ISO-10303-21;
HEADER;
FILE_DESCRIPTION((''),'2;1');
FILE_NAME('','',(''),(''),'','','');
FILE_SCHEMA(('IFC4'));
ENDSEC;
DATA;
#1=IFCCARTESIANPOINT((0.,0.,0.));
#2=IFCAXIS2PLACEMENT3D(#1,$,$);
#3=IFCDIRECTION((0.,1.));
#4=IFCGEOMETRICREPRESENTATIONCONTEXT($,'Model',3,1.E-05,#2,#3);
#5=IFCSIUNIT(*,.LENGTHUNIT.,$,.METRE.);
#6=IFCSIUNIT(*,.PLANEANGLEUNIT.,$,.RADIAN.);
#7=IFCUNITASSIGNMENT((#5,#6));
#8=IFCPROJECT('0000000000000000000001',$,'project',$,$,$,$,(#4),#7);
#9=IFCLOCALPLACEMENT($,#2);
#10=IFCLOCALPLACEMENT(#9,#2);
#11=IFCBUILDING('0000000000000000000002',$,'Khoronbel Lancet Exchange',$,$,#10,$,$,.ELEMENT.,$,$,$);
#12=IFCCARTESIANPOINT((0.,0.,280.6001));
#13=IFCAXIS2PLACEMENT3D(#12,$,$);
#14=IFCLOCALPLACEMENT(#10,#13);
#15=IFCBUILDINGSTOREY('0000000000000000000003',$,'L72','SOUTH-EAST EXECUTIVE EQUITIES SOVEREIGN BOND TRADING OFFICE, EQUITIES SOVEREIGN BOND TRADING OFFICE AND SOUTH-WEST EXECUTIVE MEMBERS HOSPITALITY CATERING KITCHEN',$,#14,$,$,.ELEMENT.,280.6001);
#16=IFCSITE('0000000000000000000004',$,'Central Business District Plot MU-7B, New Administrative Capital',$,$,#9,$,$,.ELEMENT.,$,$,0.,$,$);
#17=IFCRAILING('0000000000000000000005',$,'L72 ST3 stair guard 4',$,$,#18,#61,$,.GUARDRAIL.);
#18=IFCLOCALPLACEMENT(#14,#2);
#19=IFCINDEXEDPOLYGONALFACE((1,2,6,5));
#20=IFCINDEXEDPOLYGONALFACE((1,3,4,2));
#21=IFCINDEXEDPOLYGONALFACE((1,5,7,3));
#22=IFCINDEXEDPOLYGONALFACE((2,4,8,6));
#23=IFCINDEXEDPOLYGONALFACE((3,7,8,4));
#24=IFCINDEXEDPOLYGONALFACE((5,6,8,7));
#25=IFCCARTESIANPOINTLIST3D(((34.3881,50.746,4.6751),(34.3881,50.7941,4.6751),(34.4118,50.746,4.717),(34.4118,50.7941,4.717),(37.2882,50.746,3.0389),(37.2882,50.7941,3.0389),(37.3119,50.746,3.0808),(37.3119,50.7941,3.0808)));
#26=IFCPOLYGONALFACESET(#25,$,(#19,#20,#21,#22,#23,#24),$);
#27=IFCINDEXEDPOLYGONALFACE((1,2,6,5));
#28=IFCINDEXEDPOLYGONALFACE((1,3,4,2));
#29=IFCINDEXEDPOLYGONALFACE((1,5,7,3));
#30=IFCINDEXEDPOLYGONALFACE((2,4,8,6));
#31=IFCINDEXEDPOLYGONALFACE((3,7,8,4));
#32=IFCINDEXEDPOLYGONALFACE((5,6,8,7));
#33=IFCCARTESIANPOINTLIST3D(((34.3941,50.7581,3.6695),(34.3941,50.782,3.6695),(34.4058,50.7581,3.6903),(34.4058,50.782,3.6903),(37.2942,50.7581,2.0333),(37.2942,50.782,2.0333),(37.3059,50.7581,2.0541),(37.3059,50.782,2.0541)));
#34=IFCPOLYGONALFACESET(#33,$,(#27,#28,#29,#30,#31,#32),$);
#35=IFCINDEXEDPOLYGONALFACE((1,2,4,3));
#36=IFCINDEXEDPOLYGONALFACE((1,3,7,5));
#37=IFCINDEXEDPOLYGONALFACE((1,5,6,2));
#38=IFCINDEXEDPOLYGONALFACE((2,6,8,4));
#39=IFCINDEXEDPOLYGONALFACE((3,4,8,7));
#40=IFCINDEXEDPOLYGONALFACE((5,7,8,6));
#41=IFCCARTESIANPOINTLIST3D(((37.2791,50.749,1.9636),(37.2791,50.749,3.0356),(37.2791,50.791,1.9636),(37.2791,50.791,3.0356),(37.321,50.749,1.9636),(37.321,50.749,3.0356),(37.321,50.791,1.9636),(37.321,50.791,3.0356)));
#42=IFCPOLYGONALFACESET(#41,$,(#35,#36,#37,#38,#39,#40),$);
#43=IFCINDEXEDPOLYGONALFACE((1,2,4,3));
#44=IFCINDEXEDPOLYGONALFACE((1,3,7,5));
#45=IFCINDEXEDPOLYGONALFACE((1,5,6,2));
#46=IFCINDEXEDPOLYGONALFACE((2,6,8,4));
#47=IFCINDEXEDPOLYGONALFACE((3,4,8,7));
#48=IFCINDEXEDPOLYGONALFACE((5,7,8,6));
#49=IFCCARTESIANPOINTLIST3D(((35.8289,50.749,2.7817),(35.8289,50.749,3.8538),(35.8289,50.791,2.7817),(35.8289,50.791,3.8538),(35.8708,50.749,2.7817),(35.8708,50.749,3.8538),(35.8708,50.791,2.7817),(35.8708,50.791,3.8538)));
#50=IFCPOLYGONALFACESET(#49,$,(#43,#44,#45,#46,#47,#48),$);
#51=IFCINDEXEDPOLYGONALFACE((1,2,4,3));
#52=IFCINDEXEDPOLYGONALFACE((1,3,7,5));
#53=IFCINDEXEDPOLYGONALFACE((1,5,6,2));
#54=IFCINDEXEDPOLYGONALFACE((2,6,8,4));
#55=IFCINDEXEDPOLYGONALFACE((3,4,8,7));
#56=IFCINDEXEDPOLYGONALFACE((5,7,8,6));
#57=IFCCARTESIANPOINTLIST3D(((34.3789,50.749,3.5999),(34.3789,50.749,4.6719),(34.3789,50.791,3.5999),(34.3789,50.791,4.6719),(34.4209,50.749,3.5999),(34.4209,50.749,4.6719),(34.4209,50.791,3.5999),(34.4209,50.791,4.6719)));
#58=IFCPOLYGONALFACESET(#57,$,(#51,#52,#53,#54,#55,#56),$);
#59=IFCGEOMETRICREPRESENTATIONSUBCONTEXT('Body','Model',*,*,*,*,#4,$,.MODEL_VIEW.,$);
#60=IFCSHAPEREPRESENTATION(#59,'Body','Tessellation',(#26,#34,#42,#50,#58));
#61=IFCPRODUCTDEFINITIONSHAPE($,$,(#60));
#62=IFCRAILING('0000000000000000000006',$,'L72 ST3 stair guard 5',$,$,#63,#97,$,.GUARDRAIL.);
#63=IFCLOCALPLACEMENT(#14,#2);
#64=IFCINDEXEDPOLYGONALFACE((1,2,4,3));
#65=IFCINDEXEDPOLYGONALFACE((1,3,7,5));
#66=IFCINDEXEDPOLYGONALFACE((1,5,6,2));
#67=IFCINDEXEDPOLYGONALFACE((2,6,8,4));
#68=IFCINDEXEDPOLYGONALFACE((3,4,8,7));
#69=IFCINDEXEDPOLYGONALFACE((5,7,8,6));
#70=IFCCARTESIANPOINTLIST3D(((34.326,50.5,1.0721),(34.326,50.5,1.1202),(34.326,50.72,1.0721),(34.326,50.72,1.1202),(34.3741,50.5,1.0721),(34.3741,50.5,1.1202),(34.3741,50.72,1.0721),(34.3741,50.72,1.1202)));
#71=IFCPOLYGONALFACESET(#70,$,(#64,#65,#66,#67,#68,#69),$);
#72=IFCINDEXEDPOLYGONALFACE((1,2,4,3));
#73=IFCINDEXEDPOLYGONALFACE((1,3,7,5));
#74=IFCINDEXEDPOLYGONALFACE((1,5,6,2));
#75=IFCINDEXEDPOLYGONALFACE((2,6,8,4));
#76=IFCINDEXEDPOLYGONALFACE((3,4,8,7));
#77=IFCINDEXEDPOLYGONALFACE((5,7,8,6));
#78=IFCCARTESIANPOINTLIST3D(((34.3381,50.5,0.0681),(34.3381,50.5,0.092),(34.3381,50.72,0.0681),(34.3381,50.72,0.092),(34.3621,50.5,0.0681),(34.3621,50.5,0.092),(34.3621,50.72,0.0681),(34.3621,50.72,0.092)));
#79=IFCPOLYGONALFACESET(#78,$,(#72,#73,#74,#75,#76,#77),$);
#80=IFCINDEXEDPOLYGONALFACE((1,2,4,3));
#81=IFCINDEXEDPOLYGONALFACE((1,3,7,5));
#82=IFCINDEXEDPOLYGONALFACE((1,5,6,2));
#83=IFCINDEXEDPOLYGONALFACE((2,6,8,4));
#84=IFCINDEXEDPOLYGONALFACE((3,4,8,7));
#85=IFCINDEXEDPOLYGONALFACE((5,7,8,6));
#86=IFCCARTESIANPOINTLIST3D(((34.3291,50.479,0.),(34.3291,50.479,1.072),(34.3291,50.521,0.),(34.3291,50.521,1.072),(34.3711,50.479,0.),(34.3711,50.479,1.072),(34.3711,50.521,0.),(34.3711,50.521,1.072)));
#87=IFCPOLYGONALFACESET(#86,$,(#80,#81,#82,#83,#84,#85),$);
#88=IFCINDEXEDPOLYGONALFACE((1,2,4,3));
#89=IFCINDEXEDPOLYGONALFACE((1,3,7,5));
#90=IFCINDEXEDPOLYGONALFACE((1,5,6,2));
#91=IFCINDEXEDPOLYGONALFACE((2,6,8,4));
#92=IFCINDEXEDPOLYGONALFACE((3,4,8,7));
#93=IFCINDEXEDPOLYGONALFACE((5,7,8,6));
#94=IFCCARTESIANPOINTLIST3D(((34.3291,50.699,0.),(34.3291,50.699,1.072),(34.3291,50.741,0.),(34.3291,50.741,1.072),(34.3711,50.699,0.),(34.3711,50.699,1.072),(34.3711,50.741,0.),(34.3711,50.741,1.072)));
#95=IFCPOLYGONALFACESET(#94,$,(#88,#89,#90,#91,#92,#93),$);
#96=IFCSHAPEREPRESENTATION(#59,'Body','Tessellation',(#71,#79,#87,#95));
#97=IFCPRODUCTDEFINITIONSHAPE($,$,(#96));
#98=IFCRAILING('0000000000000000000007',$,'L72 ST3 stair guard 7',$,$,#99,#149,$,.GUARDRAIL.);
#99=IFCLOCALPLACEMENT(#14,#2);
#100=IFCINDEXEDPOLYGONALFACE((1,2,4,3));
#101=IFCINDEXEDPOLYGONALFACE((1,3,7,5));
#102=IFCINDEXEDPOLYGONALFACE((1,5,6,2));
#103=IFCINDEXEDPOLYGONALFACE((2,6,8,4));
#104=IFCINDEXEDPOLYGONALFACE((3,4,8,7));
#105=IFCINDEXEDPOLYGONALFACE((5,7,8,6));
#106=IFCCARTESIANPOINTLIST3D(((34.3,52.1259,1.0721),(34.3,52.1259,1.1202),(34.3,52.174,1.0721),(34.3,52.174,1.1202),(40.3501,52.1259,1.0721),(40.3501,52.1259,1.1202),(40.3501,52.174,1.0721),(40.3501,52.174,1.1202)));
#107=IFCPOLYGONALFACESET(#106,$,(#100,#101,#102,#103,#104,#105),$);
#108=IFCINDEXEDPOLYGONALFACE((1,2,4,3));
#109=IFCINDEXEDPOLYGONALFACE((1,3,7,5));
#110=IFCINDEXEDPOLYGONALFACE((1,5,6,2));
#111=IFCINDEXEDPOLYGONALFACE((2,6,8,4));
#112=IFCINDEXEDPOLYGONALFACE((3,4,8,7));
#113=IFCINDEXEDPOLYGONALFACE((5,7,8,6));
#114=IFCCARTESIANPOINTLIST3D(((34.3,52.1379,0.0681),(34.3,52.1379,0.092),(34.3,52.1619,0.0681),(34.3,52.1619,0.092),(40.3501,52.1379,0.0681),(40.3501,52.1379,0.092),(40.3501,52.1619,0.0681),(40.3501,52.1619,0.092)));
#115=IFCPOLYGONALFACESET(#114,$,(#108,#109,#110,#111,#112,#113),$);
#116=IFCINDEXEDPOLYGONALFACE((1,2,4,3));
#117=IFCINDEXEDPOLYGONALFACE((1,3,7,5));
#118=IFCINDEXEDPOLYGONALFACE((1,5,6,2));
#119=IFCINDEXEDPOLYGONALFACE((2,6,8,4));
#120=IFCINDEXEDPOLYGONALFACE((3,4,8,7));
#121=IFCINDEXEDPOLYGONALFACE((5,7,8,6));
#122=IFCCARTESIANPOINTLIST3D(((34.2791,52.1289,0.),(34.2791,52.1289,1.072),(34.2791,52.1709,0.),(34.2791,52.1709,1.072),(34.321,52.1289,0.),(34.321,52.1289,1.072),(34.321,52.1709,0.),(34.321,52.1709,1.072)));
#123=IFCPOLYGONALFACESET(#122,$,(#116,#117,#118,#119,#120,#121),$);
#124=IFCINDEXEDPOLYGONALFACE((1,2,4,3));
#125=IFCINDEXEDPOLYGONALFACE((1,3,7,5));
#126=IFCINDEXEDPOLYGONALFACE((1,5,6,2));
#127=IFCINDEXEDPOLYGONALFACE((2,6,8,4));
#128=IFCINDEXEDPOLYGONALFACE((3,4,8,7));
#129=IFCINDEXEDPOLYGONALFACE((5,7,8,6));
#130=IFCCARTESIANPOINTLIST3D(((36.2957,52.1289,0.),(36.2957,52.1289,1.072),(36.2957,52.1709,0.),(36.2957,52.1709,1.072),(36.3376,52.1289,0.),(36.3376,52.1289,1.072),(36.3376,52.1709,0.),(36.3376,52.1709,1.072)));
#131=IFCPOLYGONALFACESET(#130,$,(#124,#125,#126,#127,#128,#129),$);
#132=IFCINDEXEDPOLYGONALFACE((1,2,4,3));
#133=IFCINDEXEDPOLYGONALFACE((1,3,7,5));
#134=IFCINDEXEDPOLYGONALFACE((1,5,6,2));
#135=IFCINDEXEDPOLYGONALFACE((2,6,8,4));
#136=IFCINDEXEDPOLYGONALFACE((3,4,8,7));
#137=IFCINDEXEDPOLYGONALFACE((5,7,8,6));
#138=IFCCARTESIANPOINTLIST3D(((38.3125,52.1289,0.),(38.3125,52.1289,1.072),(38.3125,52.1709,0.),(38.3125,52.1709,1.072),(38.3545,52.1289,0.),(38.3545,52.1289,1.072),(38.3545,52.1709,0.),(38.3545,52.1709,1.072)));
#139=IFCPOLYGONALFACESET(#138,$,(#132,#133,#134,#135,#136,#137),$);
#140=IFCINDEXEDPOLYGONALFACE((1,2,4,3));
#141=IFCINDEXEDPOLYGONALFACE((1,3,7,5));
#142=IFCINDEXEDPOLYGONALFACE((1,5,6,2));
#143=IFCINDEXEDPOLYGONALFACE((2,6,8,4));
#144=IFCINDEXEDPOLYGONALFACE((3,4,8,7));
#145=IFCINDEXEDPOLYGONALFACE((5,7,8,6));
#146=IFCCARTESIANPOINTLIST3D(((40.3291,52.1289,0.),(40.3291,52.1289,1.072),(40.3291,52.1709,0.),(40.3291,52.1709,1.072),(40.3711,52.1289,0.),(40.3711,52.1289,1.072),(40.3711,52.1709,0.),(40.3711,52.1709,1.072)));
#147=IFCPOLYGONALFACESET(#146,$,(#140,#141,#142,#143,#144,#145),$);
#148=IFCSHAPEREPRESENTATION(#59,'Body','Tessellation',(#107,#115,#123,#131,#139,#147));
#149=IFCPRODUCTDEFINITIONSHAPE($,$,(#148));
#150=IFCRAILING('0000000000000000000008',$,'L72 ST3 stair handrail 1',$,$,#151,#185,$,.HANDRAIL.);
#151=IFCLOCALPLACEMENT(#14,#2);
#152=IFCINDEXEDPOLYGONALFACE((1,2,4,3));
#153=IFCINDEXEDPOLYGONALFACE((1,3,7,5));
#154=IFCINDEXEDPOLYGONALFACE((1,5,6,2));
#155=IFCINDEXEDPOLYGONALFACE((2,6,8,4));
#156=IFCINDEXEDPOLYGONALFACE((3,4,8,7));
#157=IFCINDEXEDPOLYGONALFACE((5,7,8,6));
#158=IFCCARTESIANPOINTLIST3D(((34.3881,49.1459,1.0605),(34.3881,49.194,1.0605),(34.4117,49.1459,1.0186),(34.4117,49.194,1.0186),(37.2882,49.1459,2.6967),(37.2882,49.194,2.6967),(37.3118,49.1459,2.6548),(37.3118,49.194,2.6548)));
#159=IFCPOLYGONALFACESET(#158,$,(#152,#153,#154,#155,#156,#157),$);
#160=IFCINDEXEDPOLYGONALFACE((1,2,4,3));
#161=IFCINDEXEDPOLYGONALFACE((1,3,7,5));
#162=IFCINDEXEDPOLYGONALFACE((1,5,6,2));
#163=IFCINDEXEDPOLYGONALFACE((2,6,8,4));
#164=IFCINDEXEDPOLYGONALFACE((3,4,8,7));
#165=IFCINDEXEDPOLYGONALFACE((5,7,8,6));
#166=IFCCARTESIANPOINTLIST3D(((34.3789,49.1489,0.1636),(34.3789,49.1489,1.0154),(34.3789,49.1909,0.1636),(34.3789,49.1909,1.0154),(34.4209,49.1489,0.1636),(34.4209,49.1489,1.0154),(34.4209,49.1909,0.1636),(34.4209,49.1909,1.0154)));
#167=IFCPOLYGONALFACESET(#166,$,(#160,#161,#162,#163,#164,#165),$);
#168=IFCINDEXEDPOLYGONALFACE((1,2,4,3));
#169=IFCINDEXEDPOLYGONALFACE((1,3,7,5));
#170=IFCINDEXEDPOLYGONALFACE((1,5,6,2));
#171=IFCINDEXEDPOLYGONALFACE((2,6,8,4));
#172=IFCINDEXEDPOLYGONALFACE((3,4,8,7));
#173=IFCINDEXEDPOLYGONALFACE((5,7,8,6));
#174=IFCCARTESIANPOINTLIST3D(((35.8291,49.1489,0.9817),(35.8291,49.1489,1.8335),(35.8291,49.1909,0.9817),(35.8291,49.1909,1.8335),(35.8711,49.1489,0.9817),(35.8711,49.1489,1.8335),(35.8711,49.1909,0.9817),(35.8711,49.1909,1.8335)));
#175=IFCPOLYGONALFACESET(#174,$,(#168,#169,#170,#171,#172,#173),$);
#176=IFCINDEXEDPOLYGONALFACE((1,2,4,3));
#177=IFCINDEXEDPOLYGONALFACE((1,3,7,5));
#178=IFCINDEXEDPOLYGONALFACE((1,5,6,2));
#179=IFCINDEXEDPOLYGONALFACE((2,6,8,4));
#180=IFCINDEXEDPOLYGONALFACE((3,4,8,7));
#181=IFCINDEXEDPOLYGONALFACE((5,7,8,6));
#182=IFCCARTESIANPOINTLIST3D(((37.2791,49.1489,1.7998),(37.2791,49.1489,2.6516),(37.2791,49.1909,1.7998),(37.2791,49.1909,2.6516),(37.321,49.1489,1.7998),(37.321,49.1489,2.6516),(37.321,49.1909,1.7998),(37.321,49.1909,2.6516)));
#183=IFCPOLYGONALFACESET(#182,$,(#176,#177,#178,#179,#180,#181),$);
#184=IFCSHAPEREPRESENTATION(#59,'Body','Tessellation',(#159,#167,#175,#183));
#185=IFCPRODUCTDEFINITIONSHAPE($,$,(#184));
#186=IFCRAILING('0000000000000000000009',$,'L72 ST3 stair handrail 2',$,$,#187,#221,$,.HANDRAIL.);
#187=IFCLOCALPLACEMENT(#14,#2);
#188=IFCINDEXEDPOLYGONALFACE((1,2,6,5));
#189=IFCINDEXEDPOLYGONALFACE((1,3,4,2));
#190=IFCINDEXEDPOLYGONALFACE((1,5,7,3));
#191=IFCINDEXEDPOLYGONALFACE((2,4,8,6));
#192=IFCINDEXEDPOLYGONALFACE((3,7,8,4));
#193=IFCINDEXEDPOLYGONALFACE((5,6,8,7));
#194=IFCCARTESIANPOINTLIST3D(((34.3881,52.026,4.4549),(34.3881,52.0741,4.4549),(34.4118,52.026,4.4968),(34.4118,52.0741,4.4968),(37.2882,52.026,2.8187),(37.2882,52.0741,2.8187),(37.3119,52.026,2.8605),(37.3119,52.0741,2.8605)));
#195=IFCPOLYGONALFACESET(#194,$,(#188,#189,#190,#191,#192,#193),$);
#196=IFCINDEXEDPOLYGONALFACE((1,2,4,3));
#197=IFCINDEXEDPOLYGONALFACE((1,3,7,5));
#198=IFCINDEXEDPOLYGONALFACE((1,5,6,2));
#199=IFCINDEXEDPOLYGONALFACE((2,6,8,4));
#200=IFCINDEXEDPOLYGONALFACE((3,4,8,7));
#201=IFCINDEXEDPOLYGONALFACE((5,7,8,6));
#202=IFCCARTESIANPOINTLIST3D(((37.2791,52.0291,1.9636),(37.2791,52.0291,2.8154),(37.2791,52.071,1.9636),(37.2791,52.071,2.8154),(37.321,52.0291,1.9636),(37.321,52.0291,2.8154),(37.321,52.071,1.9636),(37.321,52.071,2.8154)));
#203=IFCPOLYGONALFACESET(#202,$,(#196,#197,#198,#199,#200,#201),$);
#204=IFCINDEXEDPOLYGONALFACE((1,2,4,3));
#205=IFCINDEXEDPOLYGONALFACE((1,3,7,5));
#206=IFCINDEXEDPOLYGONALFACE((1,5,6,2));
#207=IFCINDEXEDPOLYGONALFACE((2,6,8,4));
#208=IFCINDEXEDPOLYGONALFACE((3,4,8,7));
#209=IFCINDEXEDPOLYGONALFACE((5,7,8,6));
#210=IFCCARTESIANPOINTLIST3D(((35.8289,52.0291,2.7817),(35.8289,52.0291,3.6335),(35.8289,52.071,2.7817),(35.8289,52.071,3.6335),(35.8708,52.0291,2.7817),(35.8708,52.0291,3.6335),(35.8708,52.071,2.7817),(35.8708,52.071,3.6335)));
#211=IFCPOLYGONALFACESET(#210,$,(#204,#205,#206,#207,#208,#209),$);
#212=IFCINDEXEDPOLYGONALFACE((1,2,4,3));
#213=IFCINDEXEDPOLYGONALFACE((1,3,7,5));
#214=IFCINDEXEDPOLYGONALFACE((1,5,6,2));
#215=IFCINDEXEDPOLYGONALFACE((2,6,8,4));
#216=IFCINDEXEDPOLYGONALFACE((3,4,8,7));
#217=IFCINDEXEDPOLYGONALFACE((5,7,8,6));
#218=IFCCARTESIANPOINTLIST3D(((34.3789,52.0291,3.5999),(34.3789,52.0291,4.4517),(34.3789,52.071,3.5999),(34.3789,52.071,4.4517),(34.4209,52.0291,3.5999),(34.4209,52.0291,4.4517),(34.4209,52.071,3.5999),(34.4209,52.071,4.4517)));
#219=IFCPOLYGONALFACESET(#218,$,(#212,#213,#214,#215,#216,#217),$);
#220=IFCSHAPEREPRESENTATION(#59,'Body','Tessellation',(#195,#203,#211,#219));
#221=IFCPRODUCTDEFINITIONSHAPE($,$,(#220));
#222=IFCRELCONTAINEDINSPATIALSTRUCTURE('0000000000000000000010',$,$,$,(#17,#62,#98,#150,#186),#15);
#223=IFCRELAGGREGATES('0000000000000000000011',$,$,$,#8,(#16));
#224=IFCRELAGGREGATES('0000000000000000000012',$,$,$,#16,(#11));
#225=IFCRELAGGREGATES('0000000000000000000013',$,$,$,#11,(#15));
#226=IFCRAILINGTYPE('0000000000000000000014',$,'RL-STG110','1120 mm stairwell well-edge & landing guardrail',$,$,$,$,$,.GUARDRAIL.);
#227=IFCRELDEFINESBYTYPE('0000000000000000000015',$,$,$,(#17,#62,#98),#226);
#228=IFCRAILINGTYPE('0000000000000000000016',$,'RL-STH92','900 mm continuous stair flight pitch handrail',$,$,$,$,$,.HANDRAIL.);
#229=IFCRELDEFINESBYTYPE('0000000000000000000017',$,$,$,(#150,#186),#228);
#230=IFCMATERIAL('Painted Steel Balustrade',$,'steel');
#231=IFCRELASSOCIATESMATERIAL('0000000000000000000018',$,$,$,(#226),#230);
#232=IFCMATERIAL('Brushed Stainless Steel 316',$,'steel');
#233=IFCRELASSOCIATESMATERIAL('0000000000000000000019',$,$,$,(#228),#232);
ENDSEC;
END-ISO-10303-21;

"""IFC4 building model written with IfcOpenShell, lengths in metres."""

from ifc_helpers import new_model, si_unit, direction, frame, origin, origin_2d, place, context, subcontext, project, spatial, rectangle, extrude, material, type_object, element, save


model = new_model("IFC4")

# Units and contexts
model_context = context("Model", 3, precision=1e-05, world=origin(), true_north=direction((0.0, 1.0)))
body_context = subcontext(model_context, "Body", "Model", "MODEL_VIEW")
ifc_project = project(units=[si_unit("LENGTHUNIT", "METRE"), si_unit("PLANEANGLEUNIT", "RADIAN")], contexts=[model_context])

# Site, building, storey
site_placement = place(None, origin())
site = spatial("IfcSite", under=ifc_project, at=site_placement, Name="Central Business District Plot MU-7B, New Administrative Capital", CompositionType="ELEMENT", RefElevation=0.0)
building_placement = place(site_placement, origin())
building = spatial("IfcBuilding", under=site, at=building_placement, Name="Khoronbel Lancet Exchange", CompositionType="ELEMENT")
storey_placement = place(building_placement, frame((0.0, 0.0, 280.6001)))
storey = spatial("IfcBuildingStorey", under=building, at=storey_placement, Name="L72", Description="SOUTH-EAST EXECUTIVE EQUITIES SOVEREIGN BOND TRADING OFFICE, EQUITIES SOVEREIGN BOND TRADING OFFICE AND SOUTH-WEST EXECUTIVE MEMBERS HOSPITALITY CATERING KITCHEN", CompositionType="ELEMENT", Elevation=280.6001)

# Railings
ifc_material_1 = material(Name="Painted Steel Balustrade", Category="steel")
railing_type_1 = type_object("IfcRailingType", Name="RL-STG110", Description="1120 mm stairwell well-edge & landing guardrail", PredefinedType="GUARDRAIL", material=ifc_material_1)
railing_1_placement = place(storey_placement, frame((37.3, 50.77, 1.9636)))
element("IfcRailing", 1, at=railing_1_placement, inside=storey, type_object=railing_type_1, Name="L72 ST3 stair guard 4", PredefinedType="GUARDRAIL", context=body_context, shape_type="SweptSolid", body=[
    extrude(rectangle(XDim=0.0481, YDim=0.0481, at=origin_2d()), frame((0.0, 0.0, 1.0962), z_axis=(-0.870946, 0.0, 0.491378), x_axis=(0.0, -1.0, 0.0)), (0.0, 0.0, 1.0), 3.3298),
    extrude(rectangle(XDim=0.0239, YDim=0.0239, at=origin_2d()), frame((0.0, 0.0, 0.0801), z_axis=(-0.870946, 0.0, 0.491378), x_axis=(0.0, -1.0, 0.0)), (0.0, 0.0, 1.0), 3.3298),
    extrude(rectangle(XDim=0.042, YDim=0.042, at=origin_2d()), origin(), (0.0, 0.0, 1.0), 1.072),
    extrude(rectangle(XDim=0.042, YDim=0.042, at=origin_2d()), frame((-1.4502, 0.0, 0.8181)), (0.0, 0.0, 1.0), 1.072),
    extrude(rectangle(XDim=0.042, YDim=0.042, at=origin_2d()), frame((-2.9001, 0.0, 1.6362)), (0.0, 0.0, 1.0), 1.072),
])
railing_2_placement = place(storey_placement, frame((34.3501, 50.5, 0.0)))
element("IfcRailing", 2, at=railing_2_placement, inside=storey, type_object=railing_type_1, Name="L72 ST3 stair guard 5", PredefinedType="GUARDRAIL", context=body_context, shape_type="SweptSolid", body=[
    extrude(rectangle(XDim=0.0481, YDim=0.0481, at=origin_2d()), frame((0.0, 0.0, 1.0962), z_axis=(0.0, 1.0, 0.0), x_axis=(-1.0, 0.0, 0.0)), (0.0, 0.0, 1.0), 0.22),
    extrude(rectangle(XDim=0.0239, YDim=0.0239, at=origin_2d()), frame((0.0, 0.0, 0.0801), z_axis=(0.0, 1.0, 0.0), x_axis=(-1.0, 0.0, 0.0)), (0.0, 0.0, 1.0), 0.22),
    extrude(rectangle(XDim=0.042, YDim=0.042, at=origin_2d()), origin(), (0.0, 0.0, 1.0), 1.072),
    extrude(rectangle(XDim=0.042, YDim=0.042, at=origin_2d()), frame((0.0, 0.22, 0.0)), (0.0, 0.0, 1.0), 1.072),
])
railing_3_placement = place(storey_placement, frame((34.3, 52.1499, 0.0)))
element("IfcRailing", 3, at=railing_3_placement, inside=storey, type_object=railing_type_1, Name="L72 ST3 stair guard 7", PredefinedType="GUARDRAIL", context=body_context, shape_type="SweptSolid", body=[
    extrude(rectangle(XDim=0.0481, YDim=0.0481, at=origin_2d()), frame((0.0, 0.0, 1.0962), z_axis=(1.0, 0.0, 0.0), x_axis=(0.0, 1.0, 0.0)), (0.0, 0.0, 1.0), 6.05),
    extrude(rectangle(XDim=0.0239, YDim=0.0239, at=origin_2d()), frame((0.0, 0.0, 0.0801), z_axis=(1.0, 0.0, 0.0), x_axis=(0.0, 1.0, 0.0)), (0.0, 0.0, 1.0), 6.05),
    extrude(rectangle(XDim=0.042, YDim=0.042, at=origin_2d()), origin(), (0.0, 0.0, 1.0), 1.072),
    extrude(rectangle(XDim=0.042, YDim=0.042, at=origin_2d()), frame((2.0166, 0.0, 0.0)), (0.0, 0.0, 1.0), 1.072),
    extrude(rectangle(XDim=0.042, YDim=0.042, at=origin_2d()), frame((4.0334, 0.0, 0.0)), (0.0, 0.0, 1.0), 1.072),
    extrude(rectangle(XDim=0.042, YDim=0.042, at=origin_2d()), frame((6.05, 0.0, 0.0)), (0.0, 0.0, 1.0), 1.072),
])
ifc_material_2 = material(Name="Brushed Stainless Steel 316", Category="steel")
railing_type_2 = type_object("IfcRailingType", Name="RL-STH92", Description="900 mm continuous stair flight pitch handrail", PredefinedType="HANDRAIL", material=ifc_material_2)
railing_4_placement = place(storey_placement, frame((34.3999, 49.1699, 0.1636)))
element("IfcRailing", 4, at=railing_4_placement, inside=storey, type_object=railing_type_2, Name="L72 ST3 stair handrail 1", PredefinedType="HANDRAIL", context=body_context, shape_type="SweptSolid", body=[
    extrude(rectangle(XDim=0.0481, YDim=0.0481, at=origin_2d()), frame((0.0, 0.0, 0.876), z_axis=(0.870946, 0.0, 0.491378), x_axis=(0.0, 1.0, 0.0)), (0.0, 0.0, 1.0), 3.3298),
    extrude(rectangle(XDim=0.042, YDim=0.042, at=origin_2d()), origin(), (0.0, 0.0, 1.0), 0.8518),
    extrude(rectangle(XDim=0.042, YDim=0.042, at=origin_2d()), frame((1.4502, 0.0, 0.8181)), (0.0, 0.0, 1.0), 0.8518),
    extrude(rectangle(XDim=0.042, YDim=0.042, at=origin_2d()), frame((2.9001, 0.0, 1.6362)), (0.0, 0.0, 1.0), 0.8518),
])
railing_5_placement = place(storey_placement, frame((37.3, 52.05, 1.9636)))
element("IfcRailing", 5, at=railing_5_placement, inside=storey, type_object=railing_type_2, Name="L72 ST3 stair handrail 2", PredefinedType="HANDRAIL", context=body_context, shape_type="SweptSolid", body=[
    extrude(rectangle(XDim=0.0481, YDim=0.0481, at=origin_2d()), frame((0.0, 0.0, 0.876), z_axis=(-0.870946, 0.0, 0.491378), x_axis=(0.0, -1.0, 0.0)), (0.0, 0.0, 1.0), 3.3298),
    extrude(rectangle(XDim=0.042, YDim=0.042, at=origin_2d()), origin(), (0.0, 0.0, 1.0), 0.8518),
    extrude(rectangle(XDim=0.042, YDim=0.042, at=origin_2d()), frame((-1.4502, 0.0, 0.8181)), (0.0, 0.0, 1.0), 0.8518),
    extrude(rectangle(XDim=0.042, YDim=0.042, at=origin_2d()), frame((-2.9001, 0.0, 1.6362)), (0.0, 0.0, 1.0), 0.8518),
])

save(model, "model.ifc")
